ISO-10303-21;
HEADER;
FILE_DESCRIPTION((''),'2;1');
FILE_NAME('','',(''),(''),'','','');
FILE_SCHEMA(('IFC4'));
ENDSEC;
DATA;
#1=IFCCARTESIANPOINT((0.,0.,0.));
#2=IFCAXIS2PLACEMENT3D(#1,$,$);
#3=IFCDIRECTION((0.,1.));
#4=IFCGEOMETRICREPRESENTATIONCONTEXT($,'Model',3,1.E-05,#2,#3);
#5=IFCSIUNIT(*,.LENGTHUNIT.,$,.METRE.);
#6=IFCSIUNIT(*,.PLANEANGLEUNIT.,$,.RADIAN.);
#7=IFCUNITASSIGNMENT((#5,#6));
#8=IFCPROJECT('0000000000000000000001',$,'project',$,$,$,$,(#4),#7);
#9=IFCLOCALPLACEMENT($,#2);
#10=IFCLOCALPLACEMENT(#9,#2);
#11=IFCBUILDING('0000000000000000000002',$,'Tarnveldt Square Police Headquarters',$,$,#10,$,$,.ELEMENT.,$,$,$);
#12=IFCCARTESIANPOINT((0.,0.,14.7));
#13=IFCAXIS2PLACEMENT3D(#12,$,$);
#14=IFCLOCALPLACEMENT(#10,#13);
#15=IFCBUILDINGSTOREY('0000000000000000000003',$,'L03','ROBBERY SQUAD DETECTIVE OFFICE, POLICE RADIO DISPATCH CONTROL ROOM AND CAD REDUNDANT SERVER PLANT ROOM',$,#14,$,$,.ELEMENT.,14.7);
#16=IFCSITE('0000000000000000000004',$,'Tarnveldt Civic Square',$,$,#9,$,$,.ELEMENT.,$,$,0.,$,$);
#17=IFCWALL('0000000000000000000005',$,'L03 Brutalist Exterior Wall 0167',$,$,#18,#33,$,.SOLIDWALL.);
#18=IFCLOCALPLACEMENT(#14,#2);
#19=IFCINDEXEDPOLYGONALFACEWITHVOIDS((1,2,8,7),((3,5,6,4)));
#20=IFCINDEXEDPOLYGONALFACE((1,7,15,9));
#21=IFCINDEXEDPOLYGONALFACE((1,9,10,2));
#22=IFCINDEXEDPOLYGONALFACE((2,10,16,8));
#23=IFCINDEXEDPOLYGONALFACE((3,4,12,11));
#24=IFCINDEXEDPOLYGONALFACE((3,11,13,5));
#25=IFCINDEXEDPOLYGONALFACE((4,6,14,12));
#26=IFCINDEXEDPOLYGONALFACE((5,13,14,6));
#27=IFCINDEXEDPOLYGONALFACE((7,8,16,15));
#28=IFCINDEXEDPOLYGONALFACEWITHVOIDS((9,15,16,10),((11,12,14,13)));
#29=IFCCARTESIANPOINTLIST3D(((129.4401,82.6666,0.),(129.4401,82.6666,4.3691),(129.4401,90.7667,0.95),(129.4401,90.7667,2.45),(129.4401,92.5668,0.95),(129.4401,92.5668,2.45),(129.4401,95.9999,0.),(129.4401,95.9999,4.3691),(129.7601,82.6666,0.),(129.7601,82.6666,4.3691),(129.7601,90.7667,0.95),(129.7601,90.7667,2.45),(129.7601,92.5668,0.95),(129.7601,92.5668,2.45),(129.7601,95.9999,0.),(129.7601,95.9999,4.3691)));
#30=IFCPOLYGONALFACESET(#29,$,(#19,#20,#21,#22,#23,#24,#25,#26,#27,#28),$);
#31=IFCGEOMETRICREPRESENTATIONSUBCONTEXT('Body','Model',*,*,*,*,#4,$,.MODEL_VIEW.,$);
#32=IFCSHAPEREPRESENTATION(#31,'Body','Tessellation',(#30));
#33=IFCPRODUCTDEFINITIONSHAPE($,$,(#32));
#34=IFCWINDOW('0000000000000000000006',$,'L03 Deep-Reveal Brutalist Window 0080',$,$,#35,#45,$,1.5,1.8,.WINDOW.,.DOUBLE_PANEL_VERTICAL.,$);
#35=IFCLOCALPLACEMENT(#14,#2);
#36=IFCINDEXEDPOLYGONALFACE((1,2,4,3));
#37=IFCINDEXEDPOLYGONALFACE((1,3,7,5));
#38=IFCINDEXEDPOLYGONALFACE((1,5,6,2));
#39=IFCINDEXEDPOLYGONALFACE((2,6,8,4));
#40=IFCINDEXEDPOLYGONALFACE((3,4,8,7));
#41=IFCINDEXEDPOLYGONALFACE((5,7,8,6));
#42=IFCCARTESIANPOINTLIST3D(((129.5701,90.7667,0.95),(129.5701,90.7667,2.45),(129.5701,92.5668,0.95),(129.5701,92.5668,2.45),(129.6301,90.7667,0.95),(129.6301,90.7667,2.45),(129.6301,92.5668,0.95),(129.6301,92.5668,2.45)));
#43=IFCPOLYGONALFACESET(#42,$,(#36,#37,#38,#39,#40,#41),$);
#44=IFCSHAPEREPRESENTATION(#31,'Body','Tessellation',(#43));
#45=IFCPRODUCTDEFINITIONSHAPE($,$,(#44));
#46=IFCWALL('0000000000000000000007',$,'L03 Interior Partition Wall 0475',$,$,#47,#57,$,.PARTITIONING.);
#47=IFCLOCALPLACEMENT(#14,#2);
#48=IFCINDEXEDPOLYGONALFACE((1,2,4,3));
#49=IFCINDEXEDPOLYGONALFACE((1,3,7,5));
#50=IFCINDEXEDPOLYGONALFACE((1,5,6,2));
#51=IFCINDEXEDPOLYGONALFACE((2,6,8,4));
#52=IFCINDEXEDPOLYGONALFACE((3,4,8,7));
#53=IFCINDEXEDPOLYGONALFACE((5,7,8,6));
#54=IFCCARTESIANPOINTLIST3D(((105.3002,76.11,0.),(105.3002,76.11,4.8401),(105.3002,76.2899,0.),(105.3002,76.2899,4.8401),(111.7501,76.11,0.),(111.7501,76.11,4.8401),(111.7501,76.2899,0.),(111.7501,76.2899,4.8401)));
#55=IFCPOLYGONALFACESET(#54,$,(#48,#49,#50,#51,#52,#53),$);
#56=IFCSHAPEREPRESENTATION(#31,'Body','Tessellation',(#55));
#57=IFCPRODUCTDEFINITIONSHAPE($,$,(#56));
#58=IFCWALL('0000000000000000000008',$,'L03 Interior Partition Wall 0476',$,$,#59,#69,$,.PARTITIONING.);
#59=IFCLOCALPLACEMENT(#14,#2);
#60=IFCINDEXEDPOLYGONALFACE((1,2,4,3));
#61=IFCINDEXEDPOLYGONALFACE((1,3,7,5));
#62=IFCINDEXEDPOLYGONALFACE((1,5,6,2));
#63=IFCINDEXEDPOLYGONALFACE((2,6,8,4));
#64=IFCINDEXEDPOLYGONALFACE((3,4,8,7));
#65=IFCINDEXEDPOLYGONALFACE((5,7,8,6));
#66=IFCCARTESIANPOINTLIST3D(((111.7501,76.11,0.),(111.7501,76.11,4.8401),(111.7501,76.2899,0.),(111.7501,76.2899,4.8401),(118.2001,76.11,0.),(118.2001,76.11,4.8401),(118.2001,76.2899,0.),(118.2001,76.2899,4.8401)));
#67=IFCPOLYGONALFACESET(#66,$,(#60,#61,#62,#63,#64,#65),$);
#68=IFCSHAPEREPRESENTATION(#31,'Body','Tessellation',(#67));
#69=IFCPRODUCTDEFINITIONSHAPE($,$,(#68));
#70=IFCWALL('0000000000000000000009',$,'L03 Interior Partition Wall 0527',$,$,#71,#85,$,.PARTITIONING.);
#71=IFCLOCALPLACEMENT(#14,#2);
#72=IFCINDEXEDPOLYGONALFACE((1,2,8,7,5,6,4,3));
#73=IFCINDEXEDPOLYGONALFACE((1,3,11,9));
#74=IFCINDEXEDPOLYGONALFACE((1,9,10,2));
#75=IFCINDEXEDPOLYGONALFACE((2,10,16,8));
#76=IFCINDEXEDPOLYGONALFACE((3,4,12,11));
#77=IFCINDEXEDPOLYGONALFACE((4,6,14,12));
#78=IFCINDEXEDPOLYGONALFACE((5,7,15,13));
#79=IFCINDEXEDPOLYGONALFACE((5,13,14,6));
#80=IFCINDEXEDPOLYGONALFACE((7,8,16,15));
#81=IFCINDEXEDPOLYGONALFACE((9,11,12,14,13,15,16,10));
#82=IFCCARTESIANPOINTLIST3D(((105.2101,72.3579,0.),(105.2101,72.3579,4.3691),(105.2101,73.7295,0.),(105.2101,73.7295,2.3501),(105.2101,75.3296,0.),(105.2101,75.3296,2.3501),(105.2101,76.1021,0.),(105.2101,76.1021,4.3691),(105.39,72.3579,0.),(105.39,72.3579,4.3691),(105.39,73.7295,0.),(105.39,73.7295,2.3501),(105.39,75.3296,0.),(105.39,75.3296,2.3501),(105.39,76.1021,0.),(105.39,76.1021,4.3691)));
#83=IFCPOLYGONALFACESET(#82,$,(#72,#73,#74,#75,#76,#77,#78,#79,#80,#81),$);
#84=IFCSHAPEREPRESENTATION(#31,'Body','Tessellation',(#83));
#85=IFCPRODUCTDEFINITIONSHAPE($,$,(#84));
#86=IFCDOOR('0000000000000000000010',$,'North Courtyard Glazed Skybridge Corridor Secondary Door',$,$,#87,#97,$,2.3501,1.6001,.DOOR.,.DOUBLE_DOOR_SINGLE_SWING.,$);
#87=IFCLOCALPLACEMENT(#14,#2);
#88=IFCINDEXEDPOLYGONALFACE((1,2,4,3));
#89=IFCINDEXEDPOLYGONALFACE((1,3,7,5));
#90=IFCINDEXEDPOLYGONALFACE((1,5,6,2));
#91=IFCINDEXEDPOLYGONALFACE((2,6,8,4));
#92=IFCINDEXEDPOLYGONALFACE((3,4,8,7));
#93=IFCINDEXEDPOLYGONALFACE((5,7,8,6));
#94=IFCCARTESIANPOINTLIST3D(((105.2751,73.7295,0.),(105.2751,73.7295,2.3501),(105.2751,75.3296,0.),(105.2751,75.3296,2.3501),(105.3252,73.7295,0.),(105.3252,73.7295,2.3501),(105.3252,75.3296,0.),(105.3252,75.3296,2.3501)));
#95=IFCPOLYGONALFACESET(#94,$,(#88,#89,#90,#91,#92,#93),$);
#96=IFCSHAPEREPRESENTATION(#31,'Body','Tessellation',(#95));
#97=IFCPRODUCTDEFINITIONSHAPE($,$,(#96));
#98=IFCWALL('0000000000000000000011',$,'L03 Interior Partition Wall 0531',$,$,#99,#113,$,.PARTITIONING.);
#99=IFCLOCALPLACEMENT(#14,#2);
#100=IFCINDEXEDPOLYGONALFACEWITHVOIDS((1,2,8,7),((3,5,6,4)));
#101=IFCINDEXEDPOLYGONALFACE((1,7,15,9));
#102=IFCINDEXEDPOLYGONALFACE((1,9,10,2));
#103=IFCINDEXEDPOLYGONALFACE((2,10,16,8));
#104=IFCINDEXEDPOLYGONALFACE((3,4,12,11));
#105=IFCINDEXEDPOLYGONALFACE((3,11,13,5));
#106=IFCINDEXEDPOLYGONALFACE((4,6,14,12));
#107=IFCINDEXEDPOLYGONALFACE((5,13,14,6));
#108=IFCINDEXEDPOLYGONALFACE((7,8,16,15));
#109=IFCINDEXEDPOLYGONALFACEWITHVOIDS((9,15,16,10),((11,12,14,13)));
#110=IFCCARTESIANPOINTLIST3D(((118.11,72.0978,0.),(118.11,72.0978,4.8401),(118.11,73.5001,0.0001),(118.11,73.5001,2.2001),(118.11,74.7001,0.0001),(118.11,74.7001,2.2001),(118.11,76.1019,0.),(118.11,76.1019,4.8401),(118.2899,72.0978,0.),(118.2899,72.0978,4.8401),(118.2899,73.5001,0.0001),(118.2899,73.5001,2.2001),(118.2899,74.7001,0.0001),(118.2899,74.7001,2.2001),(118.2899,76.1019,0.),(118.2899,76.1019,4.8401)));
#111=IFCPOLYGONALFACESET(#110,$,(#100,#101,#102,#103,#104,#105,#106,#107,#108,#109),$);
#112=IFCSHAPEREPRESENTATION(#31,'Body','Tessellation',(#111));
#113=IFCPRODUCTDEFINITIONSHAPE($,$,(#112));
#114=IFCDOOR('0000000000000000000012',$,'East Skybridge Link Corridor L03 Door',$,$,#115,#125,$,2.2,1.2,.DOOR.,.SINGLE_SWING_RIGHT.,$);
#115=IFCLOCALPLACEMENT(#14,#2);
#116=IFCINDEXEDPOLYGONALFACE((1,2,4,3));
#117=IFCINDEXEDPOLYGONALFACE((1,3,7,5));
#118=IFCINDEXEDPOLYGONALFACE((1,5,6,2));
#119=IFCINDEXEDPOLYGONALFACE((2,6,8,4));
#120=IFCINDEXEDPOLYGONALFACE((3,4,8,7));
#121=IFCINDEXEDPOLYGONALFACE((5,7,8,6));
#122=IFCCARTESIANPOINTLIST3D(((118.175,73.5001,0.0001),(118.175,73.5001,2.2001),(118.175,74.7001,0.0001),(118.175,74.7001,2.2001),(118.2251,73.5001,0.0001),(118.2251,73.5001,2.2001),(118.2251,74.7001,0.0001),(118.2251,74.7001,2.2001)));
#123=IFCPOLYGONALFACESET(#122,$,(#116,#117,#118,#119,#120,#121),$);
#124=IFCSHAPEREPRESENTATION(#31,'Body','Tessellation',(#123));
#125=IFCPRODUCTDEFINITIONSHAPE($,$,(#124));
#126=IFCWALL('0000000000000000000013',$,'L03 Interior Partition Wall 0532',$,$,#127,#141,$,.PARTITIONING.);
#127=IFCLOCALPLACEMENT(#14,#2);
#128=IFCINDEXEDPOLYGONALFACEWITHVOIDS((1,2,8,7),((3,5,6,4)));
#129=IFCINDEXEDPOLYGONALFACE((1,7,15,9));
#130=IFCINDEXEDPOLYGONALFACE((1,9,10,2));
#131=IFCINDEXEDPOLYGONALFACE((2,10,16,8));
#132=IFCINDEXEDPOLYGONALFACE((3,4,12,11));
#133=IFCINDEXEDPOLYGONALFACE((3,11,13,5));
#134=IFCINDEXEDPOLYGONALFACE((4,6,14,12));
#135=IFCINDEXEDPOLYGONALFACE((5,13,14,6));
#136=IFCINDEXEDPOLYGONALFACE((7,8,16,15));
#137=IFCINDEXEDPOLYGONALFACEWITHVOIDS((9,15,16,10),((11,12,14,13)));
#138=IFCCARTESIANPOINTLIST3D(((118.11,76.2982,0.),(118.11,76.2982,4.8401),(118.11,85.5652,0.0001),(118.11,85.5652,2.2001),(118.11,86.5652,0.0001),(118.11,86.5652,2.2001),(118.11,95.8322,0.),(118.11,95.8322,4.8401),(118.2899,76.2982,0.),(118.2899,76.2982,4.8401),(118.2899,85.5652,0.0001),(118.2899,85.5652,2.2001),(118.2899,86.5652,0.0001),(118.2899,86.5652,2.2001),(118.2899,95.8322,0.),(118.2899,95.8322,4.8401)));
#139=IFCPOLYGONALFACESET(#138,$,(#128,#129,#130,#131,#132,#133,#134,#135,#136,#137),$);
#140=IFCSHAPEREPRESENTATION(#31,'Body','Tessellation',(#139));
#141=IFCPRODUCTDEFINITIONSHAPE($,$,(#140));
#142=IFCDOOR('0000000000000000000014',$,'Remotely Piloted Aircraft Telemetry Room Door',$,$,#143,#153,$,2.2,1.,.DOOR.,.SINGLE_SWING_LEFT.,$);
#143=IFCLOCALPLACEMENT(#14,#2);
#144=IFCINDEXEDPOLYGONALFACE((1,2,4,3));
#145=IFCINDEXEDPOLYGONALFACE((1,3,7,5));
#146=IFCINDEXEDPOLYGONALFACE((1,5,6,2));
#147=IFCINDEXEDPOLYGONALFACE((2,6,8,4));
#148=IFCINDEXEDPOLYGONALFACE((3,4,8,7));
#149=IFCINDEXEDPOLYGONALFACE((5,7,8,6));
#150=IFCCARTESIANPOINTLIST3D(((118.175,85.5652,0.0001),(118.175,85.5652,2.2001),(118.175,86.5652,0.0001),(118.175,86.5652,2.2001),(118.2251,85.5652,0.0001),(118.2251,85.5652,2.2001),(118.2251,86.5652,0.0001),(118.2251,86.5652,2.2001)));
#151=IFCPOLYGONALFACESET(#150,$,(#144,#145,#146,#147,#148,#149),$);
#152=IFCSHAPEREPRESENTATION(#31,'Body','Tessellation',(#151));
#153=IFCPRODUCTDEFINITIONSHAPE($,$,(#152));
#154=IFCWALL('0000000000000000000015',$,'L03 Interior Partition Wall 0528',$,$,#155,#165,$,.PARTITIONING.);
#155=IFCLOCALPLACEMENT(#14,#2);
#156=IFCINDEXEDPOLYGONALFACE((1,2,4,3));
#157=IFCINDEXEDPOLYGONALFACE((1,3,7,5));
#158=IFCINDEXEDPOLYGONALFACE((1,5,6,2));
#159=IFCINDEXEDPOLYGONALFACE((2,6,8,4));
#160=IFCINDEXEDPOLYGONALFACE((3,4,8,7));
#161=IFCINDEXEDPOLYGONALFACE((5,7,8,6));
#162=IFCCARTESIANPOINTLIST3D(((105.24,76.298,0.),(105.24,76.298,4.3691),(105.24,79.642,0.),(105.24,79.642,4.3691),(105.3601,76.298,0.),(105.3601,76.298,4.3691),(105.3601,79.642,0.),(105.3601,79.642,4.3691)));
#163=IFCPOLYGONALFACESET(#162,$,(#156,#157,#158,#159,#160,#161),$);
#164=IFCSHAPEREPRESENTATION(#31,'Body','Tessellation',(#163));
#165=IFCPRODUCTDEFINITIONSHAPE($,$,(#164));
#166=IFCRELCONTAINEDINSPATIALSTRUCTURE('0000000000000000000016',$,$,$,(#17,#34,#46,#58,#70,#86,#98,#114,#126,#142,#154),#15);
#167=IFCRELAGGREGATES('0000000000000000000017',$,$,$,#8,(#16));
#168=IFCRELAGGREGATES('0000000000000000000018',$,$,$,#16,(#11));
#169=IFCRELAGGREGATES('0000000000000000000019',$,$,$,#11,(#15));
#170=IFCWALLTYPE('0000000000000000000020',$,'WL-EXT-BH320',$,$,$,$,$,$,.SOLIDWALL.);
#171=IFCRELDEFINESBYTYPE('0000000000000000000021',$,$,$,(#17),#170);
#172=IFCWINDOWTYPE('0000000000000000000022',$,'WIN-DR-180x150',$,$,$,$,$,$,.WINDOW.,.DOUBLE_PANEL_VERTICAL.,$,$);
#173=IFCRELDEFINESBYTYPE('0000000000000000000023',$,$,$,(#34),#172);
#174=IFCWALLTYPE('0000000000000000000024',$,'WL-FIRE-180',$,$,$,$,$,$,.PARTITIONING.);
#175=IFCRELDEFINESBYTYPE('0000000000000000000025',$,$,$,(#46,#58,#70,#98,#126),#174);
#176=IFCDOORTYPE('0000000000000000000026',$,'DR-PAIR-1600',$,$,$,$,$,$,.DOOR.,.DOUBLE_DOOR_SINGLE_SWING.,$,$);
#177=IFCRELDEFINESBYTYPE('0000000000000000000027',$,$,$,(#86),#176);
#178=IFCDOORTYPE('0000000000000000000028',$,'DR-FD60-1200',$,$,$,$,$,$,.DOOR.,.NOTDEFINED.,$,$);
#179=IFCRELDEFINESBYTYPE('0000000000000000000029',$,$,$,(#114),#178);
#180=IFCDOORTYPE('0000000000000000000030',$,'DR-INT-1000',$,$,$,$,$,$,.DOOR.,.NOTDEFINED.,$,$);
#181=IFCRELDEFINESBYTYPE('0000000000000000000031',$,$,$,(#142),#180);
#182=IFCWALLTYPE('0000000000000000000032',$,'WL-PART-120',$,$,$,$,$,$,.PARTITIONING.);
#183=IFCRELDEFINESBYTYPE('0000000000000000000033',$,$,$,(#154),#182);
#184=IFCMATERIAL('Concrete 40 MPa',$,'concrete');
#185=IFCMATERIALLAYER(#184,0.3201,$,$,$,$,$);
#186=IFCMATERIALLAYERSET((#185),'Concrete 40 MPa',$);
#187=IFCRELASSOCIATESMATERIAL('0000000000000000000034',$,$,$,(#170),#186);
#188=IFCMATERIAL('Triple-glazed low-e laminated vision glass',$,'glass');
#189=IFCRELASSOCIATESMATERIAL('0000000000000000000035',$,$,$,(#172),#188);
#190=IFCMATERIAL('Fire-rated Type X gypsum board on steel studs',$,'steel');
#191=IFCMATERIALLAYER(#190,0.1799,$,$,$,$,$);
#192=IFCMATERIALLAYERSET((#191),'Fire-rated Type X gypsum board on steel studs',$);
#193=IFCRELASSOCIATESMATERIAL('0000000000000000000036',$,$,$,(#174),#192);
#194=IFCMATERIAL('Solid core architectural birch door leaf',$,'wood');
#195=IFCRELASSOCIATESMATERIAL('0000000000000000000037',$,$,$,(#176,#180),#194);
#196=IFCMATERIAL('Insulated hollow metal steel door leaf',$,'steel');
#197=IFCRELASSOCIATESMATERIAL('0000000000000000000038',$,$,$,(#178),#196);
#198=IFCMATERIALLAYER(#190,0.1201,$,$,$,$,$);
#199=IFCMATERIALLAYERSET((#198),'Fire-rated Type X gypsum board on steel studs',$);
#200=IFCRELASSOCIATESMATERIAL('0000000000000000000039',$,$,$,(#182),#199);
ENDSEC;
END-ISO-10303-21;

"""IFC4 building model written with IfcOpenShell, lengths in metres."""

from ifc_helpers import new_model, si_unit, direction, frame, frame_2d, origin, place, context, subcontext, project, spatial, rectangle, extrude, material, layer, layer_set, type_object, element, fill, save


model = new_model("IFC4")

# Units and contexts
model_context = context("Model", 3, precision=1e-05, world=origin(), true_north=direction((0.0, 1.0)))
body_context = subcontext(model_context, "Body", "Model", "MODEL_VIEW")
ifc_project = project(units=[si_unit("LENGTHUNIT", "METRE"), si_unit("PLANEANGLEUNIT", "RADIAN")], contexts=[model_context])

# Site, building, storey
site_placement = place(None, origin())
site = spatial("IfcSite", under=ifc_project, at=site_placement, Name="Tarnveldt Civic Square", CompositionType="ELEMENT", RefElevation=0.0)
building_placement = place(site_placement, origin())
building = spatial("IfcBuilding", under=site, at=building_placement, Name="Tarnveldt Square Police Headquarters", CompositionType="ELEMENT")
storey_placement = place(building_placement, frame((0.0, 0.0, 14.7)))
storey = spatial("IfcBuildingStorey", under=building, at=storey_placement, Name="L03", Description="ROBBERY SQUAD DETECTIVE OFFICE, POLICE RADIO DISPATCH CONTROL ROOM AND CAD REDUNDANT SERVER PLANT ROOM", CompositionType="ELEMENT", Elevation=14.7)

# Shared definitions
ifc_material_1 = material(Name="Concrete 40 MPa", Category="concrete")

# Shared definitions
ifc_material_2 = material(Name="Triple-glazed low-e laminated vision glass", Category="glass")

# Wall, opening, window
ifc_layer_1 = layer(ifc_material_1, 0.3201)
ifc_layer_set_1 = layer_set([ifc_layer_1], Name="Concrete 40 MPa")
wall_type_1 = type_object("IfcWallType", Name="WL-EXT-BH320", PredefinedType="SOLIDWALL", material=ifc_layer_set_1)
wall_1_placement = place(storey_placement, frame((129.6001, 82.6667, 0.0), z_axis=(0.0, 0.0, 1.0), x_axis=(0.0, 1.0, 0.0)))
wall_1 = element("IfcWall", 1, at=wall_1_placement, inside=storey, type_object=wall_type_1, Name="L03 Brutalist Exterior Wall 0167", PredefinedType="SOLIDWALL", context=body_context, shape_type="SweptSolid", body=[
    extrude(rectangle(XDim=13.3333, YDim=0.3201, at=frame_2d((6.6665, 0.0))), origin(), (0.0, 0.0, 1.0), 4.3691),
])
opening_1_placement = place(wall_1_placement, frame((8.1001, 0.0, 0.95)))
opening_1 = element("IfcOpeningElement", 2, at=opening_1_placement, cuts=wall_1, PredefinedType="OPENING", context=body_context, shape_type="SweptSolid", body=[
    extrude(rectangle(XDim=1.8, YDim=1.5, at=frame_2d((0.8999, 0.75))), frame((0.0, 0.1699, 0.0), z_axis=(0.0, -1.0, 0.0), x_axis=(1.0, 0.0, 0.0)), (0.0, 0.0, 1.0), 0.3401),
])
window_type = type_object("IfcWindowType", Name="WIN-DR-180x150", PartitioningType="DOUBLE_PANEL_VERTICAL", PredefinedType="WINDOW", material=ifc_material_2)
window_placement = place(opening_1_placement, origin())
window = element("IfcWindow", 3, at=window_placement, inside=storey, type_object=window_type, Name="L03 Deep-Reveal Brutalist Window 0080", OverallHeight=1.5, OverallWidth=1.8, PartitioningType="DOUBLE_PANEL_VERTICAL", PredefinedType="WINDOW", context=body_context, shape_type="SweptSolid", body=[
    extrude(rectangle(XDim=1.8, YDim=1.5, at=frame_2d((0.8999, 0.75))), frame((0.0, 0.03, 0.0), z_axis=(0.0, -1.0, 0.0), x_axis=(1.0, 0.0, 0.0)), (0.0, 0.0, 1.0), 0.0601),
])
fill(opening_1, window)

# Walls
ifc_material_3 = material(Name="Fire-rated Type X gypsum board on steel studs", Category="steel")
ifc_layer_2 = layer(ifc_material_3, 0.1799)
ifc_layer_set_2 = layer_set([ifc_layer_2], Name="Fire-rated Type X gypsum board on steel studs")
wall_type_2 = type_object("IfcWallType", Name="WL-FIRE-180", PredefinedType="PARTITIONING", material=ifc_layer_set_2)
for number, where, z_axis, x_axis, name in (
    (4, (105.3, 76.2, 0.0), (0.0, 0.0, 1.0), (1.0, 0.0, 0.0), "L03 Interior Partition Wall 0475"),
    (5, (111.75, 76.2, 0.0), (0.0, 0.0, 1.0), (1.0, 0.0, 0.0), "L03 Interior Partition Wall 0476"),
):
    element("IfcWall", number, at=place(storey_placement, frame(where, z_axis=z_axis, x_axis=x_axis)), inside=storey, type_object=wall_type_2, Name=name, PredefinedType="PARTITIONING", context=body_context, shape_type="SweptSolid", body=[
        extrude(rectangle(XDim=6.45, YDim=0.1799, at=frame_2d((3.2251, 0.0))), origin(), (0.0, 0.0, 1.0), 4.8401),
    ])

# Walls, openings, doors
wall_2_placement = place(storey_placement, frame((105.3, 72.3579, 0.0), z_axis=(0.0, 0.0, 1.0), x_axis=(0.0, 1.0, 0.0)))
wall_2 = element("IfcWall", 6, at=wall_2_placement, inside=storey, type_object=wall_type_2, Name="L03 Interior Partition Wall 0527", PredefinedType="PARTITIONING", context=body_context, shape_type="SweptSolid", body=[
    extrude(rectangle(XDim=3.7441, YDim=0.1799, at=frame_2d((1.8721, 0.0))), origin(), (0.0, 0.0, 1.0), 4.3691),
])
opening_2_placement = place(wall_2_placement, frame((1.3716, 0.0, 0.0)))
opening_2 = element("IfcOpeningElement", 7, at=opening_2_placement, cuts=wall_2, PredefinedType="OPENING", context=body_context, shape_type="SweptSolid", body=[
    extrude(rectangle(XDim=1.6001, YDim=2.3501, at=frame_2d((0.8, 1.175))), frame((0.0, 0.0999, 0.0), z_axis=(0.0, -1.0, 0.0), x_axis=(1.0, 0.0, 0.0)), (0.0, 0.0, 1.0), 0.2),
])
ifc_material_4 = material(Name="Solid core architectural birch door leaf", Category="wood")
door_type_1 = type_object("IfcDoorType", Name="DR-PAIR-1600", OperationType="DOUBLE_DOOR_SINGLE_SWING", PredefinedType="DOOR", material=ifc_material_4)
door_1_placement = place(opening_2_placement, origin())
door_1 = element("IfcDoor", 8, at=door_1_placement, inside=storey, type_object=door_type_1, Name="North Courtyard Glazed Skybridge Corridor Secondary Door", OperationType="DOUBLE_DOOR_SINGLE_SWING", OverallHeight=2.3501, OverallWidth=1.6001, PredefinedType="DOOR", context=body_context, shape_type="SweptSolid", body=[
    extrude(rectangle(XDim=1.6001, YDim=2.3501, at=frame_2d((0.8, 1.175))), frame((0.0, 0.0249, 0.0), z_axis=(0.0, -1.0, 0.0), x_axis=(1.0, 0.0, 0.0)), (0.0, 0.0, 1.0), 0.05),
])
fill(opening_2, door_1)
wall_3_placement = place(storey_placement, frame((118.2, 72.0979, 0.0), z_axis=(0.0, 0.0, 1.0), x_axis=(0.0, 1.0, 0.0)))
wall_3 = element("IfcWall", 9, at=wall_3_placement, inside=storey, type_object=wall_type_2, Name="L03 Interior Partition Wall 0531", PredefinedType="PARTITIONING", context=body_context, shape_type="SweptSolid", body=[
    extrude(rectangle(XDim=4.0042, YDim=0.1799, at=frame_2d((2.002, 0.0))), origin(), (0.0, 0.0, 1.0), 4.8401),
])
opening_3_placement = place(wall_3_placement, frame((1.4021, 0.0, 0.0)))
opening_3 = element("IfcOpeningElement", 10, at=opening_3_placement, cuts=wall_3, PredefinedType="OPENING", context=body_context, shape_type="SweptSolid", body=[
    extrude(rectangle(XDim=1.2, YDim=2.2, at=frame_2d((0.6001, 1.1001))), frame((0.0, 0.0999, 0.0), z_axis=(0.0, -1.0, 0.0), x_axis=(1.0, 0.0, 0.0)), (0.0, 0.0, 1.0), 0.2),
])
ifc_material_5 = material(Name="Insulated hollow metal steel door leaf", Category="steel")
door_type_2 = type_object("IfcDoorType", Name="DR-FD60-1200", OperationType="NOTDEFINED", PredefinedType="DOOR", material=ifc_material_5)
door_2_placement = place(opening_3_placement, origin())
door_2 = element("IfcDoor", 11, at=door_2_placement, inside=storey, type_object=door_type_2, Name="East Skybridge Link Corridor L03 Door", OperationType="SINGLE_SWING_RIGHT", OverallHeight=2.2, OverallWidth=1.2, PredefinedType="DOOR", context=body_context, shape_type="SweptSolid", body=[
    extrude(rectangle(XDim=1.2, YDim=2.2, at=frame_2d((0.6001, 1.1001))), frame((0.0, 0.0249, 0.0), z_axis=(0.0, -1.0, 0.0), x_axis=(1.0, 0.0, 0.0)), (0.0, 0.0, 1.0), 0.05),
])
fill(opening_3, door_2)
wall_4_placement = place(storey_placement, frame((118.2, 76.2981, 0.0), z_axis=(0.0, 0.0, 1.0), x_axis=(0.0, 1.0, 0.0)))
wall_4 = element("IfcWall", 12, at=wall_4_placement, inside=storey, type_object=wall_type_2, Name="L03 Interior Partition Wall 0532", PredefinedType="PARTITIONING", context=body_context, shape_type="SweptSolid", body=[
    extrude(rectangle(XDim=19.5339, YDim=0.1799, at=frame_2d((9.7671, 0.0))), origin(), (0.0, 0.0, 1.0), 4.8401),
])
opening_4_placement = place(wall_4_placement, frame((9.2671, 0.0, 0.0)))
opening_4 = element("IfcOpeningElement", 13, at=opening_4_placement, cuts=wall_4, PredefinedType="OPENING", context=body_context, shape_type="SweptSolid", body=[
    extrude(rectangle(XDim=1.0, YDim=2.2, at=frame_2d((0.5, 1.1001))), frame((0.0, 0.0999, 0.0), z_axis=(0.0, -1.0, 0.0), x_axis=(1.0, 0.0, 0.0)), (0.0, 0.0, 1.0), 0.2),
])
door_type_3 = type_object("IfcDoorType", Name="DR-INT-1000", OperationType="NOTDEFINED", PredefinedType="DOOR", material=ifc_material_4)
door_3_placement = place(opening_4_placement, origin())
door_3 = element("IfcDoor", 14, at=door_3_placement, inside=storey, type_object=door_type_3, Name="Remotely Piloted Aircraft Telemetry Room Door", OperationType="SINGLE_SWING_LEFT", OverallHeight=2.2, OverallWidth=1.0, PredefinedType="DOOR", context=body_context, shape_type="SweptSolid", body=[
    extrude(rectangle(XDim=1.0, YDim=2.2, at=frame_2d((0.5, 1.1001))), frame((0.0, 0.0249, 0.0), z_axis=(0.0, -1.0, 0.0), x_axis=(1.0, 0.0, 0.0)), (0.0, 0.0, 1.0), 0.05),
])
fill(opening_4, door_3)

# Wall
ifc_layer_3 = layer(ifc_material_3, 0.1201)
ifc_layer_set_3 = layer_set([ifc_layer_3], Name="Fire-rated Type X gypsum board on steel studs")
wall_type_3 = type_object("IfcWallType", Name="WL-PART-120", PredefinedType="PARTITIONING", material=ifc_layer_set_3)
wall_5_placement = place(storey_placement, frame((105.3, 76.2981, 0.0), z_axis=(0.0, 0.0, 1.0), x_axis=(0.0, 1.0, 0.0)))
element("IfcWall", 15, at=wall_5_placement, inside=storey, type_object=wall_type_3, Name="L03 Interior Partition Wall 0528", PredefinedType="PARTITIONING", context=body_context, shape_type="SweptSolid", body=[
    extrude(rectangle(XDim=3.344, YDim=0.1201, at=frame_2d((1.6719, 0.0))), origin(), (0.0, 0.0, 1.0), 4.3691),
])

save(model, "model.ifc")
